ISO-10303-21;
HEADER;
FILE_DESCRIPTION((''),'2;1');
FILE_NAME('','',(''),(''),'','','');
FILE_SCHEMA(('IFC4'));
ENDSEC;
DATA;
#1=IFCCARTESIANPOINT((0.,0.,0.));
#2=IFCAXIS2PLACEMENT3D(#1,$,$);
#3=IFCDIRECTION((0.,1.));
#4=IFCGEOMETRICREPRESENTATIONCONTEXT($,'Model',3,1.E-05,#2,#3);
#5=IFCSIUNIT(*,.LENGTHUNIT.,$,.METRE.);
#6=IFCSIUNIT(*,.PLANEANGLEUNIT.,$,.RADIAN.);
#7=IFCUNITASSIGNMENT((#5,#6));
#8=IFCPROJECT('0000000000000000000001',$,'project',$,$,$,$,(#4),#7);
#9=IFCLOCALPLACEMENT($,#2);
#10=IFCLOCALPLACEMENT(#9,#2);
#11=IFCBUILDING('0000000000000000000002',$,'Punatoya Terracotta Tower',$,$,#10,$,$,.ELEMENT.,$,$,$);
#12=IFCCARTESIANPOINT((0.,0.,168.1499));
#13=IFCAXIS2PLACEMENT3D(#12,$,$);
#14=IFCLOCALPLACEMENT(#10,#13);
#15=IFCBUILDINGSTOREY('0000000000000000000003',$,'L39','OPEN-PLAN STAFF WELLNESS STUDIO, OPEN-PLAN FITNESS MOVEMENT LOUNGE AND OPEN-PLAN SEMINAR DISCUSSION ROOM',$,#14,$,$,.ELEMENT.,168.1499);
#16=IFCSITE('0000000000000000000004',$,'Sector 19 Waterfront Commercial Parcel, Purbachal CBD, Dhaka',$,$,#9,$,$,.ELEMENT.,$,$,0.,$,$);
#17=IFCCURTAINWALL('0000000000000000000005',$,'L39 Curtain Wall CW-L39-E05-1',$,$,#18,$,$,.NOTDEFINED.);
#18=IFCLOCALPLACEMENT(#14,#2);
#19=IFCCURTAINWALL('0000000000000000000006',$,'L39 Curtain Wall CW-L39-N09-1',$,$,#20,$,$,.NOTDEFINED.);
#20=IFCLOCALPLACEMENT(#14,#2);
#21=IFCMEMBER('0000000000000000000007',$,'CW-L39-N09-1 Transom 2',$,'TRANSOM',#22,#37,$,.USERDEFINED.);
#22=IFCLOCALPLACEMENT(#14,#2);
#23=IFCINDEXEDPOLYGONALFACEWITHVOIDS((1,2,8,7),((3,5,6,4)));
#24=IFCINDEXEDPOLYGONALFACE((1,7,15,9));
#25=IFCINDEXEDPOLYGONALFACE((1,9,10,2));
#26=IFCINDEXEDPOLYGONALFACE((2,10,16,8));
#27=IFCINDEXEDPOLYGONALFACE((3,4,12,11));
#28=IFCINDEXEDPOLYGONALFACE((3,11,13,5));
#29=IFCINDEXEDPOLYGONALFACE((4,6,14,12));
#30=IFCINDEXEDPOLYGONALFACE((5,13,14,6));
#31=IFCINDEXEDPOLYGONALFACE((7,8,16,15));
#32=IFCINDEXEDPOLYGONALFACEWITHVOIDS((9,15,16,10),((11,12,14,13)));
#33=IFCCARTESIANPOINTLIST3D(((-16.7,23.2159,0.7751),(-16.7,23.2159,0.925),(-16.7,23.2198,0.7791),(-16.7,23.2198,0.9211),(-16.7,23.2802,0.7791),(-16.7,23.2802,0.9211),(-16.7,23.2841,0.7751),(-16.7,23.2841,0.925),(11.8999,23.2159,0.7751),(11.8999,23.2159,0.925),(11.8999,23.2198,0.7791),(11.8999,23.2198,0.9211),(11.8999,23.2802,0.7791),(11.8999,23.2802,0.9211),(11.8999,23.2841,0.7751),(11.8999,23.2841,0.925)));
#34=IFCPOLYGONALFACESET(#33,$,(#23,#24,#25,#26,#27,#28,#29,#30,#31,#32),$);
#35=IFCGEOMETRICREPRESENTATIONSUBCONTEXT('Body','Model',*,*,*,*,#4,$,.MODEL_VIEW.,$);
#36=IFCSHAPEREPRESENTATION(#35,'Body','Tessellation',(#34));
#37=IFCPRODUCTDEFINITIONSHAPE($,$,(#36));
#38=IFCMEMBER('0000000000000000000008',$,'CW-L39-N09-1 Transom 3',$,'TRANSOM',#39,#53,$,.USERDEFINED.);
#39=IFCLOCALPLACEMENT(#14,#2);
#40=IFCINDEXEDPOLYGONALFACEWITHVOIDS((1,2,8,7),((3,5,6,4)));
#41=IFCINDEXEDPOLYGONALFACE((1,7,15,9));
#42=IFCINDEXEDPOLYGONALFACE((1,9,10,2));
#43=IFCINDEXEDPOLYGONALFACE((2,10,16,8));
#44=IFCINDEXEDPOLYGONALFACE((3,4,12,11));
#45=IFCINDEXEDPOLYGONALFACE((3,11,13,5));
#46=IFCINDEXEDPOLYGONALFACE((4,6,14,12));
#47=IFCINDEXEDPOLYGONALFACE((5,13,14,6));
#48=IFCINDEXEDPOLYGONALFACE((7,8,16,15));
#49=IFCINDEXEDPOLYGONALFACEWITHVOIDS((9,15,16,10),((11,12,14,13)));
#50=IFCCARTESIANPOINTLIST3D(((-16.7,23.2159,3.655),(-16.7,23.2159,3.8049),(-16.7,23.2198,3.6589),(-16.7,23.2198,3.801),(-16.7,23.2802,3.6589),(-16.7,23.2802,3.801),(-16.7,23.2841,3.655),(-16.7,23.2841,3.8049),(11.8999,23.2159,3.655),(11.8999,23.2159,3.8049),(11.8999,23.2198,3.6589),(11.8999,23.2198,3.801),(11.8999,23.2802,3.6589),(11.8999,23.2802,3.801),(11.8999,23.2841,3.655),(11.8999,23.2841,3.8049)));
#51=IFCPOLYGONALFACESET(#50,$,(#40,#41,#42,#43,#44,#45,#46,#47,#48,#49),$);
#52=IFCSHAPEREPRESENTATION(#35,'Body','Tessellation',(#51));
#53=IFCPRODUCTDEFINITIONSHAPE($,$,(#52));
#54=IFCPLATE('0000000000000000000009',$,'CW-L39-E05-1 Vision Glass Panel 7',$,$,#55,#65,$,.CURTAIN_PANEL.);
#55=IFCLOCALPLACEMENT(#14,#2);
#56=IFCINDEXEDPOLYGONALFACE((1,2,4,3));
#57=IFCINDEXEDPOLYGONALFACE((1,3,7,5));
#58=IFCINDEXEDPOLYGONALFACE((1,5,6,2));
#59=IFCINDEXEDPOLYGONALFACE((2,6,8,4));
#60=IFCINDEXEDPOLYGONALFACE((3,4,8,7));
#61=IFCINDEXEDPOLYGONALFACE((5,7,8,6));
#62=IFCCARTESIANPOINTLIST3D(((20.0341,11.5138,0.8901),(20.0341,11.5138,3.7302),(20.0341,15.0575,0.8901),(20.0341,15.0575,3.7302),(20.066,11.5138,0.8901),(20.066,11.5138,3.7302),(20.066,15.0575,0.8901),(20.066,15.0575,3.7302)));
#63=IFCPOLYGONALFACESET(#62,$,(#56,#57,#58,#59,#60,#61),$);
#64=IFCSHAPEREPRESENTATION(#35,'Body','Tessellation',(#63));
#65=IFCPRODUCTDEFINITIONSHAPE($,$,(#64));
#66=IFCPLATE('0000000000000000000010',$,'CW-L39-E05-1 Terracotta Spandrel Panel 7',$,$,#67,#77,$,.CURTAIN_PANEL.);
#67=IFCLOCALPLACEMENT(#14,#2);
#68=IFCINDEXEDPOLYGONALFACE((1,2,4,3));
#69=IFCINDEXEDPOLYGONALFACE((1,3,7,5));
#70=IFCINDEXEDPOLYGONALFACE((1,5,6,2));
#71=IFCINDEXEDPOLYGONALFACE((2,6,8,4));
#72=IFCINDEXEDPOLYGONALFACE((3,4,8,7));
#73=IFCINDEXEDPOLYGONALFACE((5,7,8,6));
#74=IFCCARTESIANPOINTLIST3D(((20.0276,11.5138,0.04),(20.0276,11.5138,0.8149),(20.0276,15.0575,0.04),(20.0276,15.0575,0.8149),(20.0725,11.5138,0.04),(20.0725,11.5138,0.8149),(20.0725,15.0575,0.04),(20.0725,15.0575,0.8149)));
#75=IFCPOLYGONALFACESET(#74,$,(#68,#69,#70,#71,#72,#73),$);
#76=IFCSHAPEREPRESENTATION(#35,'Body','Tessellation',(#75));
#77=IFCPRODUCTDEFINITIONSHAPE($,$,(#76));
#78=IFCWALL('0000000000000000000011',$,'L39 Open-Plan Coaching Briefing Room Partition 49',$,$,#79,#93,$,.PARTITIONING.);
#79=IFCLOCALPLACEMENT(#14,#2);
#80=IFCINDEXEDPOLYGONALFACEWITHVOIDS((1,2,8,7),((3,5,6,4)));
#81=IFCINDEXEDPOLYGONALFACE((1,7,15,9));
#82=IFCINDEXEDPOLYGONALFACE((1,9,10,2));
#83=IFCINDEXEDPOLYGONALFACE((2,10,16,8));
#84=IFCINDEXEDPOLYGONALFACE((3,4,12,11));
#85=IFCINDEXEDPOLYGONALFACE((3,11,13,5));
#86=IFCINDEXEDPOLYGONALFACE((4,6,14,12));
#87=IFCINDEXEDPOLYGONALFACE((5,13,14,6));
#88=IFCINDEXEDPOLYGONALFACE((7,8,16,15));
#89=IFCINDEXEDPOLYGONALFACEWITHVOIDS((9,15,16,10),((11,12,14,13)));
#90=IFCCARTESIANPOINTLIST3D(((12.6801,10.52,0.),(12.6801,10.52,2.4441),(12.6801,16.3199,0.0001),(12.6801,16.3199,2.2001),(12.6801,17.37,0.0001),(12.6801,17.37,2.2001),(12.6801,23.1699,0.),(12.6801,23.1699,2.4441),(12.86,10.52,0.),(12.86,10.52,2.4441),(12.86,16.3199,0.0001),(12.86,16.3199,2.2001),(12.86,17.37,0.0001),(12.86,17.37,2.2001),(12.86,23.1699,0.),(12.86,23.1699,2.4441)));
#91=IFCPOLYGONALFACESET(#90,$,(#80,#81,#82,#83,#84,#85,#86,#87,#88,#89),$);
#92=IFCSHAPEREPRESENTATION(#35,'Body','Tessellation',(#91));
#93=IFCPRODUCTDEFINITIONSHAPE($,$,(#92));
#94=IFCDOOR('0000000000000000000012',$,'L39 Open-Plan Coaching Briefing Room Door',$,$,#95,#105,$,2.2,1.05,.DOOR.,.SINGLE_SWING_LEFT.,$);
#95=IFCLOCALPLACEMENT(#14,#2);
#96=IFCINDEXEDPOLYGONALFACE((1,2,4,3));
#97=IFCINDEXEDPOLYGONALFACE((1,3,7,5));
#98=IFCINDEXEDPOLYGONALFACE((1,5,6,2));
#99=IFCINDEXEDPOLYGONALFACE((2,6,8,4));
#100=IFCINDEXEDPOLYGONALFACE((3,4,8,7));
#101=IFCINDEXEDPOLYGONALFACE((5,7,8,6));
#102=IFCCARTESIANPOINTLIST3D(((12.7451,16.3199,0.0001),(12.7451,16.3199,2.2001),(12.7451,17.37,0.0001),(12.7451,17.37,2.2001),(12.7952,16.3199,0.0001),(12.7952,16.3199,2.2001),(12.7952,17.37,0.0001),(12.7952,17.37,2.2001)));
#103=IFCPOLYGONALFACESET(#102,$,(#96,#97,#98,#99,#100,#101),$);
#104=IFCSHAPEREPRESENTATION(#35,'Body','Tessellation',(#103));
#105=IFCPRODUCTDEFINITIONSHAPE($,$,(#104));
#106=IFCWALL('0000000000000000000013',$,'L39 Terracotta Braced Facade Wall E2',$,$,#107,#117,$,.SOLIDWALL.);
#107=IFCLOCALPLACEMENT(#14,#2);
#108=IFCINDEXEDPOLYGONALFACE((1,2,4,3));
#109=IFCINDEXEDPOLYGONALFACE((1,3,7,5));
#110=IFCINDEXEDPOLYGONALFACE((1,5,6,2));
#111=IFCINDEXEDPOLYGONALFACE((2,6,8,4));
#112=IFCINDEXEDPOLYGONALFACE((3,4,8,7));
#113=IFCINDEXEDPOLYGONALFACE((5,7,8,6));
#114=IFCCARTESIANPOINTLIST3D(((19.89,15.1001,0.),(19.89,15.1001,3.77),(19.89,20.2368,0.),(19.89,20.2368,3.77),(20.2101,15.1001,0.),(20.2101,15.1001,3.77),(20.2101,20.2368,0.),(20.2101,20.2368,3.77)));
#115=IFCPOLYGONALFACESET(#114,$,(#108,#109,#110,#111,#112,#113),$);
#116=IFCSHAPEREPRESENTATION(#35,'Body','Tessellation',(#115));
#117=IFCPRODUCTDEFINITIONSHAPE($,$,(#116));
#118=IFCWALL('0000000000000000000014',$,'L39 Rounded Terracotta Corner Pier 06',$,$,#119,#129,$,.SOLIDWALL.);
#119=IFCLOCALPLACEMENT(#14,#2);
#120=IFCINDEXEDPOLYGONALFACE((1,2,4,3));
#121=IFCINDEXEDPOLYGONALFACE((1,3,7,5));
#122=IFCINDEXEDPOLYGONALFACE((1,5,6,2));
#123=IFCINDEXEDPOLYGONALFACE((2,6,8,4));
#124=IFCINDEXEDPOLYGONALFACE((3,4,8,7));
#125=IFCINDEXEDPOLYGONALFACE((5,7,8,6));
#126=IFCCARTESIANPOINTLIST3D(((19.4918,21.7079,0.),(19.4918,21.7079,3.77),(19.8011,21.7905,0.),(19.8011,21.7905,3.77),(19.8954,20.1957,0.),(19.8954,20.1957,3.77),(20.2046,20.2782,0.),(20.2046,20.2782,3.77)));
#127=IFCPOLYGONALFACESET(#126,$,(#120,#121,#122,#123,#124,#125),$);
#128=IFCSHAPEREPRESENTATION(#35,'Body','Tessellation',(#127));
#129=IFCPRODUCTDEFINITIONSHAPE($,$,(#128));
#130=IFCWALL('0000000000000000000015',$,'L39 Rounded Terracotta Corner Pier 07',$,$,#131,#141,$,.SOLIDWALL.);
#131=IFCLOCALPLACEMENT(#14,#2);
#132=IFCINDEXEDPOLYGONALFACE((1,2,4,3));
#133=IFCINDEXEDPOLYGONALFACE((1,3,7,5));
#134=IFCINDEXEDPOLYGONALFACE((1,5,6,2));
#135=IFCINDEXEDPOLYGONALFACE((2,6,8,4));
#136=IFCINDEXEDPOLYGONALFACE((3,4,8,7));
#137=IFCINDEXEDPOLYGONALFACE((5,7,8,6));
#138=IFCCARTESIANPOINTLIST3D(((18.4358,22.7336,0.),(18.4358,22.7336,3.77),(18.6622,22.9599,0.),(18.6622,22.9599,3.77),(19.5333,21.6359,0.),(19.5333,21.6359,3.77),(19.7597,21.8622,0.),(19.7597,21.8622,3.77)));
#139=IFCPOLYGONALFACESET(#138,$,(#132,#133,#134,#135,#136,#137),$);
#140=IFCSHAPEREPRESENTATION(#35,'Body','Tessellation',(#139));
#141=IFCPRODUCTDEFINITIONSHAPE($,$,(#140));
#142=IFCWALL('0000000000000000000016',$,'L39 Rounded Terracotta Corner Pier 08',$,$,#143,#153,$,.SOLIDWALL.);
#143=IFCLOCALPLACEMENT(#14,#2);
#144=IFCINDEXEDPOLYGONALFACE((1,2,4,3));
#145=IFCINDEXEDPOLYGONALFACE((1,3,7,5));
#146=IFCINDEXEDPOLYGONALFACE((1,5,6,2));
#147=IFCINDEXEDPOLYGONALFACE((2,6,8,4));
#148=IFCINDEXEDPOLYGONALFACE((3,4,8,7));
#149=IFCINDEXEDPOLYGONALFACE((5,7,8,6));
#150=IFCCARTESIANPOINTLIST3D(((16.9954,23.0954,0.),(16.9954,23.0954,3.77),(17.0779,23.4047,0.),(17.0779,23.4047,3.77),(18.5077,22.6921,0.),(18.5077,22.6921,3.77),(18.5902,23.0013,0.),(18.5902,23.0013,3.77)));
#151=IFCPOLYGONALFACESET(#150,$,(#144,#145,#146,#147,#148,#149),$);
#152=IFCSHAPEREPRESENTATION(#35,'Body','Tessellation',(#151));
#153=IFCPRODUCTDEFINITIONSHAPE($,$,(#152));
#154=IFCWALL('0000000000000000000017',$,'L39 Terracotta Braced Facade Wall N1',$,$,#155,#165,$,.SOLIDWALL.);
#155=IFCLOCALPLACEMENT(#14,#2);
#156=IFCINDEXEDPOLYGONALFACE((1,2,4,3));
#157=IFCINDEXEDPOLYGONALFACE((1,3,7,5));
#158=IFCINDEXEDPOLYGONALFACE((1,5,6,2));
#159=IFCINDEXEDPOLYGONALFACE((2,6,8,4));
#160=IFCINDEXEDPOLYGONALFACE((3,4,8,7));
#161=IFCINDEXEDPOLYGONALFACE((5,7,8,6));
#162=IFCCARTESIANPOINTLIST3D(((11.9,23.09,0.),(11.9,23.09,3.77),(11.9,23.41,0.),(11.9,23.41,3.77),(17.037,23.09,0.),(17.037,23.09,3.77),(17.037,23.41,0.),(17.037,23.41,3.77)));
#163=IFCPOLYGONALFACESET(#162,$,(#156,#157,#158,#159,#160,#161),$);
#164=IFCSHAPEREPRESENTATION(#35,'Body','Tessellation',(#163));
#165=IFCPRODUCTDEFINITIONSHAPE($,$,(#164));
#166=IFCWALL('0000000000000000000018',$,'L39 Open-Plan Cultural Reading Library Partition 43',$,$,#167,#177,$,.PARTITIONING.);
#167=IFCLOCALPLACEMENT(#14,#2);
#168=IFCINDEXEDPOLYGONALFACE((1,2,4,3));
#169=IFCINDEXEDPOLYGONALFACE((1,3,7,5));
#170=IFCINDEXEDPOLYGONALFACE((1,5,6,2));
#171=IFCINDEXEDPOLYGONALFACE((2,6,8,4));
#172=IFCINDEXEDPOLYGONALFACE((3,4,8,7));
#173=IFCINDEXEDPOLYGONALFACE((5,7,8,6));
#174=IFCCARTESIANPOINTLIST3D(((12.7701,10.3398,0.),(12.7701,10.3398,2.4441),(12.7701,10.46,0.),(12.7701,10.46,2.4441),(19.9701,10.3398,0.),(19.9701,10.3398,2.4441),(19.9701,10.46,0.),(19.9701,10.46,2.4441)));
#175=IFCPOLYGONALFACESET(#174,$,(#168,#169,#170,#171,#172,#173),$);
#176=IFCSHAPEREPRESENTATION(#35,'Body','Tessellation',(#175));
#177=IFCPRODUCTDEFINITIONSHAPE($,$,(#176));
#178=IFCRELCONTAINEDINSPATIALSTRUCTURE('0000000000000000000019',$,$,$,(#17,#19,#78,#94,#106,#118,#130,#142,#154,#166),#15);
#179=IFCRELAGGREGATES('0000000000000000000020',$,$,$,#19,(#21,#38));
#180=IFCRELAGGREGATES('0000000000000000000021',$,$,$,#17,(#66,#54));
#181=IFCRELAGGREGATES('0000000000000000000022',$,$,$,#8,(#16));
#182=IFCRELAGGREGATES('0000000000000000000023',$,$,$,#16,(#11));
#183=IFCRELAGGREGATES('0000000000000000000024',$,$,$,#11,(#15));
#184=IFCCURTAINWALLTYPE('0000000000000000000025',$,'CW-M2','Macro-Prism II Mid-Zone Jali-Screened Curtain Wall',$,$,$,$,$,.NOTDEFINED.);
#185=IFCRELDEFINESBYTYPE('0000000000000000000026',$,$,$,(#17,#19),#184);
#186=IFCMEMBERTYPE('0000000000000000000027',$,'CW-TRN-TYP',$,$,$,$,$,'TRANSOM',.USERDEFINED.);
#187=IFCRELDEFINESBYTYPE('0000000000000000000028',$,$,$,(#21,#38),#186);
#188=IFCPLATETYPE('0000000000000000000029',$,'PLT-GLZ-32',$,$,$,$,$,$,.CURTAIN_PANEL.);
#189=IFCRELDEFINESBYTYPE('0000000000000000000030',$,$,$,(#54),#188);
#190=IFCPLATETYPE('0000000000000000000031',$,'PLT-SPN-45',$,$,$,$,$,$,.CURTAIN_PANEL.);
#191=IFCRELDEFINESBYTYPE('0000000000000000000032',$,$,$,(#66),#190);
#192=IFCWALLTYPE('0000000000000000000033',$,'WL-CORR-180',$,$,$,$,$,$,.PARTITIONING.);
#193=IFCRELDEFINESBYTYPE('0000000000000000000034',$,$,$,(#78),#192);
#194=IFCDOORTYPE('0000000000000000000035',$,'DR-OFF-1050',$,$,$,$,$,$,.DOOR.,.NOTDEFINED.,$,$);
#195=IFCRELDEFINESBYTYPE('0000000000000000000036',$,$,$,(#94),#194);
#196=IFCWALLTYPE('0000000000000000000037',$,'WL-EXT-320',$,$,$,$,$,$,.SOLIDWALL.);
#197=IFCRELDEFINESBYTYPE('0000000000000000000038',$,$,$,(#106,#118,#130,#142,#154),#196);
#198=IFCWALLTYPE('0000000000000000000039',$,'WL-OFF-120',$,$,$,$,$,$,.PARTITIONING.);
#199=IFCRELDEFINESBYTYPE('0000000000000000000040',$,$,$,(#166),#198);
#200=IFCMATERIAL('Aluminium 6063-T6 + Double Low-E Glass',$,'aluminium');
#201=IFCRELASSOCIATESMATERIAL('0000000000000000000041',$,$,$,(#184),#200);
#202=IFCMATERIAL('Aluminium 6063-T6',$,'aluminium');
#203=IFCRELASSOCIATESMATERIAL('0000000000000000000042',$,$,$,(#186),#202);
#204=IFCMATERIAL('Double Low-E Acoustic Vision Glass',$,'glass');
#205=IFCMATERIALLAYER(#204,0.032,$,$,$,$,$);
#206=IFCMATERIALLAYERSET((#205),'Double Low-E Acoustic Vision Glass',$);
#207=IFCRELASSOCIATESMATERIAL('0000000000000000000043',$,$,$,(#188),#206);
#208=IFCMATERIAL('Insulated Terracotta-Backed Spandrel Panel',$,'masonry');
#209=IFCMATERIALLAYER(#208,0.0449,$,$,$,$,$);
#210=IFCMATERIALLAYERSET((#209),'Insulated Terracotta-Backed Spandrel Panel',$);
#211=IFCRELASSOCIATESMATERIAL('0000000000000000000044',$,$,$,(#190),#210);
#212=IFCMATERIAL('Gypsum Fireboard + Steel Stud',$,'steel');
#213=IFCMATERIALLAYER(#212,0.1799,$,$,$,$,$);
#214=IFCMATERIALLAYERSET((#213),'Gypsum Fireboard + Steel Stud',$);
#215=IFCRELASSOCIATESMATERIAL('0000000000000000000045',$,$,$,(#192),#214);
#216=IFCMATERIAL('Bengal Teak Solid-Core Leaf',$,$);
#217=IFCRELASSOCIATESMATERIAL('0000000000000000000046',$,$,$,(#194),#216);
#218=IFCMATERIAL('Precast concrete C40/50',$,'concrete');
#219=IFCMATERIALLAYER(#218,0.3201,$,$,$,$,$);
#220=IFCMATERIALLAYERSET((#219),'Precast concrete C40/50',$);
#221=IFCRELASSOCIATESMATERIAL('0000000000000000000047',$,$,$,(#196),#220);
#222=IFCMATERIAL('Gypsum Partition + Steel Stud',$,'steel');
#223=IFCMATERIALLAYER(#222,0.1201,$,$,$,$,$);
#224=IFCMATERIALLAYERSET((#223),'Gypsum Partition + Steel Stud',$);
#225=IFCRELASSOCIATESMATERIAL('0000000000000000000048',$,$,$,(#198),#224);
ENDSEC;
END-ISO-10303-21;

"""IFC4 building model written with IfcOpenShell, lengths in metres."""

from ifc_helpers import new_model, si_unit, direction, frame, frame_2d, origin, origin_2d, place, context, subcontext, project, spatial, rectangle, hollow_rectangle, extrude, material, layer, layer_set, material_profile, profile_set, type_object, element, fill, aggregate, save


model = new_model("IFC4")

# Units and contexts
model_context = context("Model", 3, precision=1e-05, world=origin(), true_north=direction((0.0, 1.0)))
body_context = subcontext(model_context, "Body", "Model", "MODEL_VIEW")
ifc_project = project(units=[si_unit("LENGTHUNIT", "METRE"), si_unit("PLANEANGLEUNIT", "RADIAN")], contexts=[model_context])

# Site, building, storey
site_placement = place(None, origin())
site = spatial("IfcSite", under=ifc_project, at=site_placement, Name="Sector 19 Waterfront Commercial Parcel, Purbachal CBD, Dhaka", CompositionType="ELEMENT", RefElevation=0.0)
building_placement = place(site_placement, origin())
building = spatial("IfcBuilding", under=site, at=building_placement, Name="Punatoya Terracotta Tower", CompositionType="ELEMENT")
storey_placement = place(building_placement, frame((0.0, 0.0, 168.1499)))
storey = spatial("IfcBuildingStorey", under=building, at=storey_placement, Name="L39", Description="OPEN-PLAN STAFF WELLNESS STUDIO, OPEN-PLAN FITNESS MOVEMENT LOUNGE AND OPEN-PLAN SEMINAR DISCUSSION ROOM", CompositionType="ELEMENT", Elevation=168.1499)

# Curtain walls, members
ifc_material_1 = material(Name="Aluminium 6063-T6 + Double Low-E Glass", Category="aluminium")
curtain_wall_type = type_object("IfcCurtainWallType", Name="CW-M2", Description="Macro-Prism II Mid-Zone Jali-Screened Curtain Wall", PredefinedType="NOTDEFINED", material=ifc_material_1)
curtain_wall_1_placement = place(storey_placement, origin())
curtain_wall_1 = element("IfcCurtainWall", 1, at=curtain_wall_1_placement, inside=storey, type_object=curtain_wall_type, Name="L39 Curtain Wall CW-L39-E05-1", PredefinedType="NOTDEFINED")
ifc_material_2 = material(Name="Aluminium 6063-T6", Category="aluminium")
curtain_wall_2_placement = place(storey_placement, origin())
curtain_wall_2 = element("IfcCurtainWall", 2, at=curtain_wall_2_placement, inside=storey, type_object=curtain_wall_type, Name="L39 Curtain Wall CW-L39-N09-1", PredefinedType="NOTDEFINED")
ifc_material_profile_1 = material_profile(ifc_material_2, hollow_rectangle(XDim=0.0681, YDim=0.1499, WallThickness=0.0039, at=origin_2d()))
ifc_profile_set_1 = profile_set([ifc_material_profile_1], Name="Aluminium 6063-T6")
member_type_1 = type_object("IfcMemberType", Name="CW-TRN-TYP", ElementType="TRANSOM", PredefinedType="USERDEFINED", material=ifc_profile_set_1)
member_1_placement = place(storey_placement, frame((11.8999, 23.25, 0.8501), z_axis=(-1.0, 0.0, 0.0), x_axis=(0.0, -1.0, 0.0)))
member_1 = element("IfcMember", 3, at=member_1_placement, type_object=member_type_1, Name="CW-L39-N09-1 Transom 2", ObjectType="TRANSOM", PredefinedType="USERDEFINED", context=body_context, shape_type="SweptSolid", body=[
    extrude(hollow_rectangle(XDim=0.0681, YDim=0.1499, WallThickness=0.0039, at=origin_2d()), origin(), (0.0, 0.0, 1.0), 28.5999),
])
member_2_placement = place(storey_placement, frame((11.8999, 23.25, 3.73), z_axis=(-1.0, 0.0, 0.0), x_axis=(0.0, -1.0, 0.0)))
member_2 = element("IfcMember", 4, at=member_2_placement, type_object=member_type_1, Name="CW-L39-N09-1 Transom 3", ObjectType="TRANSOM", PredefinedType="USERDEFINED", context=body_context, shape_type="SweptSolid", body=[
    extrude(hollow_rectangle(XDim=0.0681, YDim=0.1499, WallThickness=0.0039, at=origin_2d()), origin(), (0.0, 0.0, 1.0), 28.5999),
])
aggregate(curtain_wall_2, [member_1, member_2])

# Plates
ifc_material_3 = material(Name="Double Low-E Acoustic Vision Glass", Category="glass")
ifc_layer_1 = layer(ifc_material_3, 0.032)
ifc_layer_set_1 = layer_set([ifc_layer_1], Name="Double Low-E Acoustic Vision Glass")
plate_type_1 = type_object("IfcPlateType", Name="PLT-GLZ-32", PredefinedType="CURTAIN_PANEL", material=ifc_layer_set_1)
plate_1_placement = place(storey_placement, frame((20.05, 13.2856, 0.8901), z_axis=(0.0, 0.0, 1.0), x_axis=(0.0, 1.0, 0.0)))
plate_1 = element("IfcPlate", 5, at=plate_1_placement, type_object=plate_type_1, Name="CW-L39-E05-1 Vision Glass Panel 7", PredefinedType="CURTAIN_PANEL", context=body_context, shape_type="SweptSolid", body=[
    extrude(rectangle(XDim=3.5437, YDim=0.032, at=origin_2d()), origin(), (0.0, 0.0, 1.0), 2.8401),
])
ifc_material_4 = material(Name="Insulated Terracotta-Backed Spandrel Panel", Category="masonry")
ifc_layer_2 = layer(ifc_material_4, 0.0449)
ifc_layer_set_2 = layer_set([ifc_layer_2], Name="Insulated Terracotta-Backed Spandrel Panel")
plate_type_2 = type_object("IfcPlateType", Name="PLT-SPN-45", PredefinedType="CURTAIN_PANEL", material=ifc_layer_set_2)
plate_2_placement = place(storey_placement, frame((20.05, 13.2856, 0.04), z_axis=(0.0, 0.0, 1.0), x_axis=(0.0, 1.0, 0.0)))
plate_2 = element("IfcPlate", 6, at=plate_2_placement, type_object=plate_type_2, Name="CW-L39-E05-1 Terracotta Spandrel Panel 7", PredefinedType="CURTAIN_PANEL", context=body_context, shape_type="SweptSolid", body=[
    extrude(rectangle(XDim=3.5437, YDim=0.0449, at=origin_2d()), origin(), (0.0, 0.0, 1.0), 0.7749),
])
aggregate(curtain_wall_1, [plate_2, plate_1])

# Wall, opening, door
ifc_material_5 = material(Name="Gypsum Fireboard + Steel Stud", Category="steel")
ifc_layer_3 = layer(ifc_material_5, 0.1799)
ifc_layer_set_3 = layer_set([ifc_layer_3], Name="Gypsum Fireboard + Steel Stud")
wall_type_1 = type_object("IfcWallType", Name="WL-CORR-180", PredefinedType="PARTITIONING", material=ifc_layer_set_3)
wall_1_placement = place(storey_placement, frame((12.77, 10.52, 0.0), z_axis=(0.0, 0.0, 1.0), x_axis=(0.0, 1.0, 0.0)))
wall_1 = element("IfcWall", 7, at=wall_1_placement, inside=storey, type_object=wall_type_1, Name="L39 Open-Plan Coaching Briefing Room Partition 49", PredefinedType="PARTITIONING", context=body_context, shape_type="SweptSolid", body=[
    extrude(rectangle(XDim=12.6499, YDim=0.1799, at=frame_2d((6.325, 0.0))), origin(), (0.0, 0.0, 1.0), 2.4441),
])
opening_placement = place(wall_1_placement, frame((5.8, 0.0, 0.0)))
opening = element("IfcOpeningElement", 8, at=opening_placement, cuts=wall_1, PredefinedType="OPENING", context=body_context, shape_type="SweptSolid", body=[
    extrude(rectangle(XDim=1.05, YDim=2.2, at=frame_2d((0.5249, 1.1001))), frame((0.0, 0.0999, 0.0), z_axis=(0.0, -1.0, 0.0), x_axis=(1.0, 0.0, 0.0)), (0.0, 0.0, 1.0), 0.2),
])
ifc_material_6 = material(Name="Bengal Teak Solid-Core Leaf")
door_type = type_object("IfcDoorType", Name="DR-OFF-1050", OperationType="NOTDEFINED", PredefinedType="DOOR", material=ifc_material_6)
door_placement = place(opening_placement, origin())
door = element("IfcDoor", 9, at=door_placement, inside=storey, type_object=door_type, Name="L39 Open-Plan Coaching Briefing Room Door", OperationType="SINGLE_SWING_LEFT", OverallHeight=2.2, OverallWidth=1.05, PredefinedType="DOOR", context=body_context, shape_type="SweptSolid", body=[
    extrude(rectangle(XDim=1.05, YDim=2.2, at=frame_2d((0.5249, 1.1001))), frame((0.0, 0.0249, 0.0), z_axis=(0.0, -1.0, 0.0), x_axis=(1.0, 0.0, 0.0)), (0.0, 0.0, 1.0), 0.05),
])
fill(opening, door)

# Walls
ifc_material_7 = material(Name="Precast concrete C40/50", Category="concrete")
ifc_layer_4 = layer(ifc_material_7, 0.3201)
ifc_layer_set_4 = layer_set([ifc_layer_4], Name="Precast concrete C40/50")
wall_type_2 = type_object("IfcWallType", Name="WL-EXT-320", PredefinedType="SOLIDWALL", material=ifc_layer_set_4)
wall_2_placement = place(storey_placement, frame((20.05, 15.1001, 0.0), z_axis=(0.0, 0.0, 1.0), x_axis=(0.0, 1.0, 0.0)))
element("IfcWall", 10, at=wall_2_placement, inside=storey, type_object=wall_type_2, Name="L39 Terracotta Braced Facade Wall E2", PredefinedType="SOLIDWALL", context=body_context, shape_type="SweptSolid", body=[
    extrude(rectangle(XDim=5.1367, YDim=0.3201, at=frame_2d((2.5684, 0.0))), origin(), (0.0, 0.0, 1.0), 3.77),
])
wall_3_placement = place(storey_placement, frame((20.05, 20.2368, 0.0), z_axis=(0.0, 0.0, 1.0), x_axis=(-0.257847, 0.966186, 0.0)))
element("IfcWall", 11, at=wall_3_placement, inside=storey, type_object=wall_type_2, Name="L39 Rounded Terracotta Corner Pier 06", PredefinedType="SOLIDWALL", context=body_context, shape_type="SweptSolid", body=[
    extrude(rectangle(XDim=1.5652, YDim=0.3201, at=frame_2d((0.7827, 0.0))), origin(), (0.0, 0.0, 1.0), 3.77),
])
wall_4_placement = place(storey_placement, frame((19.6465, 21.749, 0.0), z_axis=(0.0, 0.0, 1.0), x_axis=(-0.707028, 0.707185, 0.0)))
element("IfcWall", 12, at=wall_4_placement, inside=storey, type_object=wall_type_2, Name="L39 Rounded Terracotta Corner Pier 07", PredefinedType="SOLIDWALL", context=body_context, shape_type="SweptSolid", body=[
    extrude(rectangle(XDim=1.5522, YDim=0.3201, at=frame_2d((0.7761, 0.0))), origin(), (0.0, 0.0, 1.0), 3.77),
])
wall_5_placement = place(storey_placement, frame((18.5491, 22.8467, 0.0), z_axis=(0.0, 0.0, 1.0), x_axis=(-0.966225, 0.257701, 0.0)))
element("IfcWall", 13, at=wall_5_placement, inside=storey, type_object=wall_type_2, Name="L39 Rounded Terracotta Corner Pier 08", PredefinedType="SOLIDWALL", context=body_context, shape_type="SweptSolid", body=[
    extrude(rectangle(XDim=1.5652, YDim=0.3201, at=frame_2d((0.7827, 0.0))), origin(), (0.0, 0.0, 1.0), 3.77),
])
wall_6_placement = place(storey_placement, frame((17.0369, 23.25, 0.0), z_axis=(0.0, 0.0, 1.0), x_axis=(-1.0, 0.0, 0.0)))
element("IfcWall", 14, at=wall_6_placement, inside=storey, type_object=wall_type_2, Name="L39 Terracotta Braced Facade Wall N1", PredefinedType="SOLIDWALL", context=body_context, shape_type="SweptSolid", body=[
    extrude(rectangle(XDim=5.137, YDim=0.3201, at=frame_2d((2.5684, 0.0))), origin(), (0.0, 0.0, 1.0), 3.77),
])
ifc_material_8 = material(Name="Gypsum Partition + Steel Stud", Category="steel")
ifc_layer_5 = layer(ifc_material_8, 0.1201)
ifc_layer_set_5 = layer_set([ifc_layer_5], Name="Gypsum Partition + Steel Stud")
wall_type_3 = type_object("IfcWallType", Name="WL-OFF-120", PredefinedType="PARTITIONING", material=ifc_layer_set_5)
wall_7_placement = place(storey_placement, frame((12.77, 10.3999, 0.0), z_axis=(0.0, 0.0, 1.0), x_axis=(1.0, 0.0, 0.0)))
element("IfcWall", 15, at=wall_7_placement, inside=storey, type_object=wall_type_3, Name="L39 Open-Plan Cultural Reading Library Partition 43", PredefinedType="PARTITIONING", context=body_context, shape_type="SweptSolid", body=[
    extrude(rectangle(XDim=7.2, YDim=0.1201, at=frame_2d((3.6001, 0.0))), origin(), (0.0, 0.0, 1.0), 2.4441),
])

save(model, "model.ifc")
